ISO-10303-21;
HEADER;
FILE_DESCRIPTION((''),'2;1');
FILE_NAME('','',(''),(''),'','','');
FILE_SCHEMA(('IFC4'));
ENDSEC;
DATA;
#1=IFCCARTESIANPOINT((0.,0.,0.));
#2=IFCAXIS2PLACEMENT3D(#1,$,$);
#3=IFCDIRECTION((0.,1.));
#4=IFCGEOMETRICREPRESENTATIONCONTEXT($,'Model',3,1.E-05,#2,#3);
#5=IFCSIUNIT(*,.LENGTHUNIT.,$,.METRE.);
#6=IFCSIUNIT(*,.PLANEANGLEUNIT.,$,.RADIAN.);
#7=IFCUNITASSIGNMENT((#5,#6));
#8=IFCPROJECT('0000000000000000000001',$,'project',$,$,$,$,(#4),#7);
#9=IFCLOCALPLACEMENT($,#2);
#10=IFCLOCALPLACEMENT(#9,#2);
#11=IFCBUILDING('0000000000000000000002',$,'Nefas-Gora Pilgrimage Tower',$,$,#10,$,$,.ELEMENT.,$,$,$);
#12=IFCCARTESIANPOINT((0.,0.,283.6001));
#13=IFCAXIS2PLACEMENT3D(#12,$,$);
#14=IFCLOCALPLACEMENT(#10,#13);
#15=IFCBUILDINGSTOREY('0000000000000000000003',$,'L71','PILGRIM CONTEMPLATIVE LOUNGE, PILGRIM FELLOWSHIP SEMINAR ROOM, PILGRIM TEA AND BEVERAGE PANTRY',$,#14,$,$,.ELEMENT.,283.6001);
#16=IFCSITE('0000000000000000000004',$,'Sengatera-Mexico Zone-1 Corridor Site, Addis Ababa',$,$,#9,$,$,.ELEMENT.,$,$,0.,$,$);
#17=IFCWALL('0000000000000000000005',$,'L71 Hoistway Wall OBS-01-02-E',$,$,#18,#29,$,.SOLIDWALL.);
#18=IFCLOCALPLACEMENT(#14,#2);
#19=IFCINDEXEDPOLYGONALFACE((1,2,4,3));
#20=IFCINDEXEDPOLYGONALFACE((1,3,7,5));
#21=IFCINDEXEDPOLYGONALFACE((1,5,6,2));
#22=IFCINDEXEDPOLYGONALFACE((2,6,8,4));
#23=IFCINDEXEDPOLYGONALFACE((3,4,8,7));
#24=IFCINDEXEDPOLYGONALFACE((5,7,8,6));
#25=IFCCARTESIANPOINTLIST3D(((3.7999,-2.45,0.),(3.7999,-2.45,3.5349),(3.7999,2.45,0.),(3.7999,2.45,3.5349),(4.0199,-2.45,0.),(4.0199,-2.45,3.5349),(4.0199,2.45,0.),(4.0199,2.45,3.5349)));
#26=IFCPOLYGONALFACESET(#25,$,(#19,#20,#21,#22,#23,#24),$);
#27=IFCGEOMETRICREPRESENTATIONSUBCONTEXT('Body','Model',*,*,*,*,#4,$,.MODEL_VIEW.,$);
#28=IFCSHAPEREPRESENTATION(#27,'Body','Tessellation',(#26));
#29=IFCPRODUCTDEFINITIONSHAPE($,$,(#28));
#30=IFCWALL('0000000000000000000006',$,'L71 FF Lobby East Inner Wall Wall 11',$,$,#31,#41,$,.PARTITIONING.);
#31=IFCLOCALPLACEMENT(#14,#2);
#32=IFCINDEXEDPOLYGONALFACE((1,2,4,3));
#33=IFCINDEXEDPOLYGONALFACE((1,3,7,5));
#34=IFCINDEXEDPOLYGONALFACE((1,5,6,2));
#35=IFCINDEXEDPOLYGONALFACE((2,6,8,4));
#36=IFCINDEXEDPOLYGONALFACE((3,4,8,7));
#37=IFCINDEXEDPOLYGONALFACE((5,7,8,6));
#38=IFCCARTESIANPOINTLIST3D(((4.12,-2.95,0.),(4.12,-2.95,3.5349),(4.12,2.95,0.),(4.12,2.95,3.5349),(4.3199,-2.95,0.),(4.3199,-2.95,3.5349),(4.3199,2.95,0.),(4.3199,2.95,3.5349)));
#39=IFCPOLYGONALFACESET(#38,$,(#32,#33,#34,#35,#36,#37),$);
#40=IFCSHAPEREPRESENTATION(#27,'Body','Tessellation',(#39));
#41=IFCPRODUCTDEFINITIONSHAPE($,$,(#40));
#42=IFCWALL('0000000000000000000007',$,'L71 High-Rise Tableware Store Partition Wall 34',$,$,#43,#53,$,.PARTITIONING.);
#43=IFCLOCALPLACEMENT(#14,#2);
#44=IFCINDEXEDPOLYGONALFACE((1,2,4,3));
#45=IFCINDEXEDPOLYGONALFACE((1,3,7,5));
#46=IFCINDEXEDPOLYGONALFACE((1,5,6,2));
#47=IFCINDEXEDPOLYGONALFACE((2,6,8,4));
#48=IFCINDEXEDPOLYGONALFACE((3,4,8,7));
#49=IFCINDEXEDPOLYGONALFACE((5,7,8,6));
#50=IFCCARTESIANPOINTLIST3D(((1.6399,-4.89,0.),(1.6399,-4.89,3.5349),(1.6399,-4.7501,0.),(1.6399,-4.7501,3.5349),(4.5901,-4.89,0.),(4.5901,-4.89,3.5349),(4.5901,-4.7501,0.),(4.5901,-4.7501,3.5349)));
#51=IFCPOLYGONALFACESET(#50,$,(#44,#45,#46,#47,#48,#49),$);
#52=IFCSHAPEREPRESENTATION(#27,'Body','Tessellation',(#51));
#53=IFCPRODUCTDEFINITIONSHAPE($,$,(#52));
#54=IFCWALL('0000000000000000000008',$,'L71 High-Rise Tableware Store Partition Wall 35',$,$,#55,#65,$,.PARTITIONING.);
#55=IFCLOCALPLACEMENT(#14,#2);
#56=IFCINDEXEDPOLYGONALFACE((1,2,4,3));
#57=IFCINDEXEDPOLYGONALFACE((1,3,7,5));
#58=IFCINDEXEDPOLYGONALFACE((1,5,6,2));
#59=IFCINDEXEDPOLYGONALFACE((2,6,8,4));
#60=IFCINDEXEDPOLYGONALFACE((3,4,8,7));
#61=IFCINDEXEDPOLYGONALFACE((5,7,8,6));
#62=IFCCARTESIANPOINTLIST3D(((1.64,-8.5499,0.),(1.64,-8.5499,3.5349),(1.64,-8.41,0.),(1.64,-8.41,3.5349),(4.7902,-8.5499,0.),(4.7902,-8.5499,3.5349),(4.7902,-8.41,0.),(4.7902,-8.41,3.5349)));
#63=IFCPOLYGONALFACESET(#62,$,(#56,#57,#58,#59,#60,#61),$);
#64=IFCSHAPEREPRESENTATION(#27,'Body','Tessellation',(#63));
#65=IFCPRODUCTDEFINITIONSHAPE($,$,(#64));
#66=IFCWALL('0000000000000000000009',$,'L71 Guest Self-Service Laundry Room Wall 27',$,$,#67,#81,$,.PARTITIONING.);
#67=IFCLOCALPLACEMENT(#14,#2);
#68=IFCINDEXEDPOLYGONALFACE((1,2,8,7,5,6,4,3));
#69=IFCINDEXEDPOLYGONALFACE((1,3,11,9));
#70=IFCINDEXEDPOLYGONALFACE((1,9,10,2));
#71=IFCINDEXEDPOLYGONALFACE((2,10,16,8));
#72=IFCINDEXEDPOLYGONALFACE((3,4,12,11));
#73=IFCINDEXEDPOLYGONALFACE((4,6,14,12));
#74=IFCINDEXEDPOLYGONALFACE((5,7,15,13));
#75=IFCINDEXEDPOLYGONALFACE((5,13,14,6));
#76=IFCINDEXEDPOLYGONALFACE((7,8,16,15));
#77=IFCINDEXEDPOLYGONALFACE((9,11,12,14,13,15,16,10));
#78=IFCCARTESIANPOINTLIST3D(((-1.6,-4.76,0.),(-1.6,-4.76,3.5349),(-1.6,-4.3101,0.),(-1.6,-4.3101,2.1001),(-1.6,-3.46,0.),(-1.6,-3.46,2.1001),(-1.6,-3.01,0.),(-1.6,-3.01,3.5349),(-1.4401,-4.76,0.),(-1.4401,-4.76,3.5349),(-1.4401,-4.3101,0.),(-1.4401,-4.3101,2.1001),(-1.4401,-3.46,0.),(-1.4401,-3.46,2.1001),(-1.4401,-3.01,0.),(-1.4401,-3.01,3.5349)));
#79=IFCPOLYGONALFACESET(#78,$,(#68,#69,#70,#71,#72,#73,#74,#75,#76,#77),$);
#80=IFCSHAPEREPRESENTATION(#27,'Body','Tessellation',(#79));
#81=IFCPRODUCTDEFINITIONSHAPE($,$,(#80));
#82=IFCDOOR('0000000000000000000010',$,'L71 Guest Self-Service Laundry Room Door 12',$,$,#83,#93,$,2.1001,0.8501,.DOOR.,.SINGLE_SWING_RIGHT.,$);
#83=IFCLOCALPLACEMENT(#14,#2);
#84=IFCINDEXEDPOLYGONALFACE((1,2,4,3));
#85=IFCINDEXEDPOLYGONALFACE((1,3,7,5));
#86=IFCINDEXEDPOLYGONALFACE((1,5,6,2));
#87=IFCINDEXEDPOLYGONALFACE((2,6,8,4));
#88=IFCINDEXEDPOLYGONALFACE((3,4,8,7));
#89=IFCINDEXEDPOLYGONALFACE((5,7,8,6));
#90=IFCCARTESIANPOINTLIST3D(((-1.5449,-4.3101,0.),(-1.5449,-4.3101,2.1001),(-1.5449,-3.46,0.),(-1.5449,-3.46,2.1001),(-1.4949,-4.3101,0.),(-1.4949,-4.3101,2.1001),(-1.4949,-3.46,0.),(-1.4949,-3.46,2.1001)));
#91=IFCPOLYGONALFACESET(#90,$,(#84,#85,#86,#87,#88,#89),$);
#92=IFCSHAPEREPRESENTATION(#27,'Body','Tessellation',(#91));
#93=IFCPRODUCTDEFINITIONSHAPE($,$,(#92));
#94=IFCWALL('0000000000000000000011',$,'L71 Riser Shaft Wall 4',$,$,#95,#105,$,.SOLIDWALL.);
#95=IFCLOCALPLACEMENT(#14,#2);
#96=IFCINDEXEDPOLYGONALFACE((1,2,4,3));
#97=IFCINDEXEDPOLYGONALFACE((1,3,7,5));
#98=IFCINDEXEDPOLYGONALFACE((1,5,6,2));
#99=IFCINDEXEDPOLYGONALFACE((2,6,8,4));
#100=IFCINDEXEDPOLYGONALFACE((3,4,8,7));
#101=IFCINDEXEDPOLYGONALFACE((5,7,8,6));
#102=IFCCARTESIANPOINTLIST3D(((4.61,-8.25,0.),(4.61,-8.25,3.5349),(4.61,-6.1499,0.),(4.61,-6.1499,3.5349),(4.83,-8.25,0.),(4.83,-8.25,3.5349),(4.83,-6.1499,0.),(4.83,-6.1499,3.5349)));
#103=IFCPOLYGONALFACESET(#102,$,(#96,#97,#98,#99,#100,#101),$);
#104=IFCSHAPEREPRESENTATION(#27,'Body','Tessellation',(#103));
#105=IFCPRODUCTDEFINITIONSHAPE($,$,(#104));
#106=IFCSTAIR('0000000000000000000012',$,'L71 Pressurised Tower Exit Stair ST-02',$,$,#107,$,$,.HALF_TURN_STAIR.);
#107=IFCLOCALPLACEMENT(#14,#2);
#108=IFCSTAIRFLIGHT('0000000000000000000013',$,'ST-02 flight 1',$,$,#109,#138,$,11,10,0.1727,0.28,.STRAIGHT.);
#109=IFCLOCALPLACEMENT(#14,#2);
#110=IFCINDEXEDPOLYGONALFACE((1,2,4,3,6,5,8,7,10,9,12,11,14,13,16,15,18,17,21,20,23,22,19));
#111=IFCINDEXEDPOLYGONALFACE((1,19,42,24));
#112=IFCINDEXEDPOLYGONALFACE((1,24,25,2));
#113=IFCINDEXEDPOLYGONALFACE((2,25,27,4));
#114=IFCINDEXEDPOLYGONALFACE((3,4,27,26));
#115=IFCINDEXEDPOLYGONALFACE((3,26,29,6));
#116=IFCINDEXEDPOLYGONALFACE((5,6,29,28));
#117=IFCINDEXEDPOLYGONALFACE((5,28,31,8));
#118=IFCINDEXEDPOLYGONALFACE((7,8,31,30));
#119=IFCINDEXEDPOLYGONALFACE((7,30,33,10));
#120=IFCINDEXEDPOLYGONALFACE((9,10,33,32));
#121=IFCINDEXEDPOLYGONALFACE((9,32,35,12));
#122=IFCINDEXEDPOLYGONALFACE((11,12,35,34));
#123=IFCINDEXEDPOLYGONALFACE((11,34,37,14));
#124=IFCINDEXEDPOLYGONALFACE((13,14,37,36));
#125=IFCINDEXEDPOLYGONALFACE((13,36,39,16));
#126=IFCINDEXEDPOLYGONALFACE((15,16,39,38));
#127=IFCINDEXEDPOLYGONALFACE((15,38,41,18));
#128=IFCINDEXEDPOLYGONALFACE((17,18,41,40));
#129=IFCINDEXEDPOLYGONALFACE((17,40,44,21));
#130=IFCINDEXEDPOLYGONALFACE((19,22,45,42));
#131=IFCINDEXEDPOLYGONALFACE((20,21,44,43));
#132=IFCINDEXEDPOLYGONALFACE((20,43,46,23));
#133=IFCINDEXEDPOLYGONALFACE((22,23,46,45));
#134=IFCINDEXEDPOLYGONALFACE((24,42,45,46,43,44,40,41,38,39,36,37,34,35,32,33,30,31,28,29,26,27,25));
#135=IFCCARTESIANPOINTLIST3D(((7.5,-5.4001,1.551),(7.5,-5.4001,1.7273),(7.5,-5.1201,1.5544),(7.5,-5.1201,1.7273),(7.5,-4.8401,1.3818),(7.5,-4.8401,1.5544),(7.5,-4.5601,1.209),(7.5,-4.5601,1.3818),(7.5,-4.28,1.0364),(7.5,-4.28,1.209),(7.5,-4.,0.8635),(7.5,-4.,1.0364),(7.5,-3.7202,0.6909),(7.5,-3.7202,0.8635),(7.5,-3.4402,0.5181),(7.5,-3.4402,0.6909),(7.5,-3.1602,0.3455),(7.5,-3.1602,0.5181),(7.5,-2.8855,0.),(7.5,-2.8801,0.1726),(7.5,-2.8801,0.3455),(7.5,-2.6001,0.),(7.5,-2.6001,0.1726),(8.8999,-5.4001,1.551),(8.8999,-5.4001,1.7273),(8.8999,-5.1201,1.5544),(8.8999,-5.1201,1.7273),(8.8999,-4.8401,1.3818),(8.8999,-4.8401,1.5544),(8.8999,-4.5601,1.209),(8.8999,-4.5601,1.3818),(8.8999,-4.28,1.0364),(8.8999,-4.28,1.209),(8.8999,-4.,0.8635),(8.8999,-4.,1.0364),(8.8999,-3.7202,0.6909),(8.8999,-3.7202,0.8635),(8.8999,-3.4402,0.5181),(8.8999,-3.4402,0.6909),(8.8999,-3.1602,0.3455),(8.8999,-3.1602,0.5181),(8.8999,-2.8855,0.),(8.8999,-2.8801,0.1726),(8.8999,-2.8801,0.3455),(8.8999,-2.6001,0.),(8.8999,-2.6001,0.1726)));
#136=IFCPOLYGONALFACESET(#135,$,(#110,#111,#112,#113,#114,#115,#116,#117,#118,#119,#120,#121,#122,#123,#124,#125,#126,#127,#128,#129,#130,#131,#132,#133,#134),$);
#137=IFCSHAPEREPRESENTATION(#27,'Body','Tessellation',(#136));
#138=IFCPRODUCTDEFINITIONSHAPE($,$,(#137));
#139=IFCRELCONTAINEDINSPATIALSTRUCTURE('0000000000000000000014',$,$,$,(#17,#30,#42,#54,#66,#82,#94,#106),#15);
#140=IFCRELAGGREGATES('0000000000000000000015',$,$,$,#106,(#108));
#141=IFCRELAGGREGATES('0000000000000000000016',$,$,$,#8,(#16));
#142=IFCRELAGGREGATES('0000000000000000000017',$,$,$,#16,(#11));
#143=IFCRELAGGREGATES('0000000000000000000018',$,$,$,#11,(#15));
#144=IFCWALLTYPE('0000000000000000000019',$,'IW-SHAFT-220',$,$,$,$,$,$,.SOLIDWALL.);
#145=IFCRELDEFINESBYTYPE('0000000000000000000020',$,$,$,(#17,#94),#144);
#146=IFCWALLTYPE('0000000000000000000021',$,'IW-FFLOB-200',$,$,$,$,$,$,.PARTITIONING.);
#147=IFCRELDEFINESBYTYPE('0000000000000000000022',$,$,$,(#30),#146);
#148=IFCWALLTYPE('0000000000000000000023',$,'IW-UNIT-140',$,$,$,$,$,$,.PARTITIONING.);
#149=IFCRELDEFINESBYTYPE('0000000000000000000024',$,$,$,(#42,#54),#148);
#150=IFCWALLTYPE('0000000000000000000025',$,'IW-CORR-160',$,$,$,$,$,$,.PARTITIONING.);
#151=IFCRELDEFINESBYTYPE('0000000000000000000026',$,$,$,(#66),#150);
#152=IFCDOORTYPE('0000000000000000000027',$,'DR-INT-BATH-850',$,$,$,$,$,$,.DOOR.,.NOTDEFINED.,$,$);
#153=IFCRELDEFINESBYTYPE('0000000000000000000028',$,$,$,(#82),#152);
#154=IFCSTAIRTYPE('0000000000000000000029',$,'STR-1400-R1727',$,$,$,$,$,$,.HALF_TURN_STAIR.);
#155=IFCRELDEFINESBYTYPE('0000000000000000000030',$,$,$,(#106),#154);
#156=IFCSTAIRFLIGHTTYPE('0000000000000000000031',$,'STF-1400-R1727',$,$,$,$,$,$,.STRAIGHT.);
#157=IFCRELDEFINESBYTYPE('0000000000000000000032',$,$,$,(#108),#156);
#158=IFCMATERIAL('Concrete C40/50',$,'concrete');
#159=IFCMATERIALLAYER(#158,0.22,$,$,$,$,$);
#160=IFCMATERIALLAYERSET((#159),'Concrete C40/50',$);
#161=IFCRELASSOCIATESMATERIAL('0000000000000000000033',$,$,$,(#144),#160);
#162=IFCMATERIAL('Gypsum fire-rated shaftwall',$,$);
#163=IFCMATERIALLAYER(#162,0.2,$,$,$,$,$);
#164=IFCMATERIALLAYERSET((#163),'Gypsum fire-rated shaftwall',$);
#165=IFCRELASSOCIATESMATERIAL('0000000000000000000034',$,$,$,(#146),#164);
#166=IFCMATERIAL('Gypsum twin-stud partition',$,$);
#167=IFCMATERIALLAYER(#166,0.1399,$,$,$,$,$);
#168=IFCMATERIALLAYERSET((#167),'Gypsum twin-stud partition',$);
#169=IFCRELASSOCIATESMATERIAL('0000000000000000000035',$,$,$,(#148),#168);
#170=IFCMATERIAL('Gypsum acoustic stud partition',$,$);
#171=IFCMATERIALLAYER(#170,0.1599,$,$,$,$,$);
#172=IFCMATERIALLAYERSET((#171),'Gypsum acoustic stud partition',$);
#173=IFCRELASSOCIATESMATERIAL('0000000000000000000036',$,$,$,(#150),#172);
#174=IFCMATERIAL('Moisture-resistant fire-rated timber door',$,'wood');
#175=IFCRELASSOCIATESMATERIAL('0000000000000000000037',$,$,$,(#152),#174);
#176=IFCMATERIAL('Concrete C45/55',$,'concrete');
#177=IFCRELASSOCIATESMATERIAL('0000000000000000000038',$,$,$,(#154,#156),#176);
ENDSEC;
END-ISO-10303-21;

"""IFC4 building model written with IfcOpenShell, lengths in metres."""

from ifc_helpers import new_model, si_unit, direction, frame, frame_2d, origin, place, context, subcontext, project, spatial, polyline, rectangle, outline, extrude, source, transform, mapped, material, layer, layer_set, type_object, element, fill, aggregate, save


model = new_model("IFC4")

# Units and contexts
model_context = context("Model", 3, precision=1e-05, world=origin(), true_north=direction((0.0, 1.0)))
body_context = subcontext(model_context, "Body", "Model", "MODEL_VIEW")
ifc_project = project(units=[si_unit("LENGTHUNIT", "METRE"), si_unit("PLANEANGLEUNIT", "RADIAN")], contexts=[model_context])

# Site, building, storey
site_placement = place(None, origin())
site = spatial("IfcSite", under=ifc_project, at=site_placement, Name="Sengatera-Mexico Zone-1 Corridor Site, Addis Ababa", CompositionType="ELEMENT", RefElevation=0.0)
building_placement = place(site_placement, origin())
building = spatial("IfcBuilding", under=site, at=building_placement, Name="Nefas-Gora Pilgrimage Tower", CompositionType="ELEMENT")
storey_placement = place(building_placement, frame((0.0, 0.0, 283.6001)))
storey = spatial("IfcBuildingStorey", under=building, at=storey_placement, Name="L71", Description="PILGRIM CONTEMPLATIVE LOUNGE, PILGRIM FELLOWSHIP SEMINAR ROOM, PILGRIM TEA AND BEVERAGE PANTRY", CompositionType="ELEMENT", Elevation=283.6001)

# Shared definitions
ifc_material_1 = material(Name="Concrete C40/50", Category="concrete")

# Shared definitions
ifc_material_2 = material(Name="Concrete C45/55", Category="concrete")

# Shared definitions
ifc_layer_1 = layer(ifc_material_1, 0.22)
ifc_layer_set_1 = layer_set([ifc_layer_1], Name="Concrete C40/50")
wall_type_1 = type_object("IfcWallType", Name="IW-SHAFT-220", PredefinedType="SOLIDWALL", material=ifc_layer_set_1)

# Walls
shared_shape_1 = source(origin(), body_context, "Body", "SweptSolid", [
    extrude(rectangle(XDim=4.8999, YDim=0.22, at=frame_2d((2.45, 0.0))), origin(), (0.0, 0.0, 1.0), 3.5349),
])
wall_1_placement = place(storey_placement, frame((3.9099, -2.45, 0.0), z_axis=(0.0, 0.0, 1.0), x_axis=(0.0, 1.0, 0.0)))
element("IfcWall", 1, at=wall_1_placement, inside=storey, type_object=wall_type_1, Name="L71 Hoistway Wall OBS-01-02-E", PredefinedType="SOLIDWALL", context=body_context, shape_type="MappedRepresentation", body=[
    mapped(shared_shape_1, transform((0.0, 0.0, 0.0), x_axis=(1.0, 0.0, 0.0), y_axis=(0.0, 1.0, 0.0), z_axis=(0.0, 0.0, 1.0), scale=1.0)),
])
ifc_material_3 = material(Name="Gypsum fire-rated shaftwall")
ifc_layer_2 = layer(ifc_material_3, 0.2)
ifc_layer_set_2 = layer_set([ifc_layer_2], Name="Gypsum fire-rated shaftwall")
wall_type_2 = type_object("IfcWallType", Name="IW-FFLOB-200", PredefinedType="PARTITIONING", material=ifc_layer_set_2)
shared_shape_2 = source(origin(), body_context, "Body", "SweptSolid", [
    extrude(rectangle(XDim=5.8999, YDim=0.2, at=frame_2d((2.95, 0.0))), origin(), (0.0, 0.0, 1.0), 3.5349),
])
wall_2_placement = place(storey_placement, frame((4.22, -2.95, 0.0), z_axis=(0.0, 0.0, 1.0), x_axis=(0.0, 1.0, 0.0)))
element("IfcWall", 2, at=wall_2_placement, inside=storey, type_object=wall_type_2, Name="L71 FF Lobby East Inner Wall Wall 11", PredefinedType="PARTITIONING", context=body_context, shape_type="MappedRepresentation", body=[
    mapped(shared_shape_2, transform((0.0, 0.0, 0.0), x_axis=(1.0, 0.0, 0.0), y_axis=(0.0, 1.0, 0.0), z_axis=(0.0, 0.0, 1.0), scale=1.0)),
])
ifc_material_4 = material(Name="Gypsum twin-stud partition")
ifc_layer_3 = layer(ifc_material_4, 0.1399)
ifc_layer_set_3 = layer_set([ifc_layer_3], Name="Gypsum twin-stud partition")
wall_type_3 = type_object("IfcWallType", Name="IW-UNIT-140", PredefinedType="PARTITIONING", material=ifc_layer_set_3)
shared_shape_3 = source(origin(), body_context, "Body", "SweptSolid", [
    extrude(rectangle(XDim=2.9502, YDim=0.1399, at=frame_2d((1.4751, 0.0))), origin(), (0.0, 0.0, 1.0), 3.5349),
])
wall_3_placement = place(storey_placement, frame((1.6399, -4.8201, 0.0), z_axis=(0.0, 0.0, 1.0), x_axis=(1.0, 0.0, 0.0)))
element("IfcWall", 3, at=wall_3_placement, inside=storey, type_object=wall_type_3, Name="L71 High-Rise Tableware Store Partition Wall 34", PredefinedType="PARTITIONING", context=body_context, shape_type="MappedRepresentation", body=[
    mapped(shared_shape_3, transform((0.0, 0.0, 0.0), x_axis=(1.0, 0.0, 0.0), y_axis=(0.0, 1.0, 0.0), z_axis=(0.0, 0.0, 1.0), scale=1.0)),
])
shared_shape_4 = source(origin(), body_context, "Body", "SweptSolid", [
    extrude(rectangle(XDim=3.1501, YDim=0.1399, at=frame_2d((1.5752, 0.0))), origin(), (0.0, 0.0, 1.0), 3.5349),
])
wall_4_placement = place(storey_placement, frame((1.6399, -8.48, 0.0), z_axis=(0.0, 0.0, 1.0), x_axis=(1.0, 0.0, 0.0)))
element("IfcWall", 4, at=wall_4_placement, inside=storey, type_object=wall_type_3, Name="L71 High-Rise Tableware Store Partition Wall 35", PredefinedType="PARTITIONING", context=body_context, shape_type="MappedRepresentation", body=[
    mapped(shared_shape_4, transform((0.0, 0.0, 0.0), x_axis=(1.0, 0.0, 0.0), y_axis=(0.0, 1.0, 0.0), z_axis=(0.0, 0.0, 1.0), scale=1.0)),
])

# Wall, opening, door
ifc_material_5 = material(Name="Gypsum acoustic stud partition")
ifc_layer_4 = layer(ifc_material_5, 0.1599)
ifc_layer_set_4 = layer_set([ifc_layer_4], Name="Gypsum acoustic stud partition")
wall_type_4 = type_object("IfcWallType", Name="IW-CORR-160", PredefinedType="PARTITIONING", material=ifc_layer_set_4)
shared_shape_5 = source(origin(), body_context, "Body", "SweptSolid", [
    extrude(rectangle(XDim=1.75, YDim=0.1599, at=frame_2d((0.875, 0.0))), origin(), (0.0, 0.0, 1.0), 3.5349),
])
wall_5_placement = place(storey_placement, frame((-1.52, -4.76, 0.0), z_axis=(0.0, 0.0, 1.0), x_axis=(0.0, 1.0, 0.0)))
wall_5 = element("IfcWall", 5, at=wall_5_placement, inside=storey, type_object=wall_type_4, Name="L71 Guest Self-Service Laundry Room Wall 27", PredefinedType="PARTITIONING", context=body_context, shape_type="MappedRepresentation", body=[
    mapped(shared_shape_5, transform((0.0, 0.0, 0.0), x_axis=(1.0, 0.0, 0.0), y_axis=(0.0, 1.0, 0.0), z_axis=(0.0, 0.0, 1.0), scale=1.0)),
])
opening_1_placement = place(wall_5_placement, frame((0.45, 0.0, 0.0)))
opening_1 = element("IfcOpeningElement", 6, at=opening_1_placement, cuts=wall_5, PredefinedType="OPENING", context=body_context, shape_type="SweptSolid", body=[
    extrude(rectangle(XDim=0.8501, YDim=2.1001, at=frame_2d((0.425, 1.05))), frame((0.0, 0.0898, 0.0), z_axis=(0.0, -1.0, 0.0), x_axis=(1.0, 0.0, 0.0)), (0.0, 0.0, 1.0), 0.1799),
])
ifc_material_6 = material(Name="Moisture-resistant fire-rated timber door", Category="wood")
door_type_1 = type_object("IfcDoorType", Name="DR-INT-BATH-850", OperationType="NOTDEFINED", PredefinedType="DOOR", material=ifc_material_6)
shared_shape_6 = source(origin(), body_context, "Body", "SweptSolid", [
    extrude(rectangle(XDim=0.8501, YDim=2.1001, at=frame_2d((0.425, 1.05))), frame((0.0, 0.0249, 0.0), z_axis=(0.0, -1.0, 0.0), x_axis=(1.0, 0.0, 0.0)), (0.0, 0.0, 1.0), 0.05),
])
door_1_placement = place(opening_1_placement, origin())
door_1 = element("IfcDoor", 7, at=door_1_placement, inside=storey, type_object=door_type_1, Name="L71 Guest Self-Service Laundry Room Door 12", OperationType="SINGLE_SWING_RIGHT", OverallHeight=2.1001, OverallWidth=0.8501, PredefinedType="DOOR", context=body_context, shape_type="MappedRepresentation", body=[
    mapped(shared_shape_6, transform((0.0, 0.0, 0.0), x_axis=(1.0, 0.0, 0.0), y_axis=(0.0, 1.0, 0.0), z_axis=(0.0, 0.0, 1.0), scale=1.0)),
])
fill(opening_1, door_1)

# Wall
shared_shape_7 = source(origin(), body_context, "Body", "SweptSolid", [
    extrude(rectangle(XDim=2.1001, YDim=0.22, at=frame_2d((1.05, 0.0))), origin(), (0.0, 0.0, 1.0), 3.5349),
])
wall_6_placement = place(storey_placement, frame((4.72, -8.25, 0.0), z_axis=(0.0, 0.0, 1.0), x_axis=(0.0, 1.0, 0.0)))
element("IfcWall", 8, at=wall_6_placement, inside=storey, type_object=wall_type_1, Name="L71 Riser Shaft Wall 4", PredefinedType="SOLIDWALL", context=body_context, shape_type="MappedRepresentation", body=[
    mapped(shared_shape_7, transform((0.0, 0.0, 0.0), x_axis=(1.0, 0.0, 0.0), y_axis=(0.0, 1.0, 0.0), z_axis=(0.0, 0.0, 1.0), scale=1.0)),
])

# Stair, stair flight
stair_type = type_object("IfcStairType", Name="STR-1400-R1727", PredefinedType="HALF_TURN_STAIR", material=ifc_material_2)
stair_placement = place(storey_placement, origin())
stair = element("IfcStair", 9, at=stair_placement, inside=storey, type_object=stair_type, Name="L71 Pressurised Tower Exit Stair ST-02", PredefinedType="HALF_TURN_STAIR")
stair_flight_type = type_object("IfcStairFlightType", Name="STF-1400-R1727", PredefinedType="STRAIGHT", material=ifc_material_2)
shared_shape_8 = source(origin(), body_context, "Body", "SweptSolid", [
    extrude(outline(polyline([(0.0, 0.0), (0.0, 0.1726), (0.28, 0.1726), (0.28, 0.3455), (0.5601, 0.3455), (0.5601, 0.5181), (0.8401, 0.5181), (0.8401, 0.6909), (1.1201, 0.6909), (1.1201, 0.8635), (1.3999, 0.8635), (1.3999, 1.0364), (1.6799, 1.0364), (1.6799, 1.209), (1.96, 1.209), (1.96, 1.3818), (2.24, 1.3818), (2.24, 1.5544), (2.52, 1.5544), (2.52, 1.7273), (2.8, 1.7273), (2.8, 1.8999), (2.8, 1.551), (0.2854, 0.0), (0.0, 0.0)])), frame((0.0, 0.7, 0.0), z_axis=(0.0, -1.0, 0.0), x_axis=(1.0, 0.0, 0.0)), (0.0, 0.0, 1.0), 1.3999),
])
stair_flight_placement = place(storey_placement, frame((8.2, -2.6001, 0.0), z_axis=(0.0, 0.0, 1.0), x_axis=(0.0, -1.0, 0.0)))
stair_flight = element("IfcStairFlight", 10, at=stair_flight_placement, type_object=stair_flight_type, Name="ST-02 flight 1", NumberOfRisers=11, NumberOfTreads=10, PredefinedType="STRAIGHT", RiserHeight=0.1727, TreadLength=0.28, context=body_context, shape_type="MappedRepresentation", body=[
    mapped(shared_shape_8, transform((0.0, 0.0, 0.0), x_axis=(1.0, 0.0, 0.0), y_axis=(0.0, 1.0, 0.0), z_axis=(0.0, 0.0, 1.0), scale=1.0)),
])
aggregate(stair, [stair_flight])

save(model, "model.ifc")
